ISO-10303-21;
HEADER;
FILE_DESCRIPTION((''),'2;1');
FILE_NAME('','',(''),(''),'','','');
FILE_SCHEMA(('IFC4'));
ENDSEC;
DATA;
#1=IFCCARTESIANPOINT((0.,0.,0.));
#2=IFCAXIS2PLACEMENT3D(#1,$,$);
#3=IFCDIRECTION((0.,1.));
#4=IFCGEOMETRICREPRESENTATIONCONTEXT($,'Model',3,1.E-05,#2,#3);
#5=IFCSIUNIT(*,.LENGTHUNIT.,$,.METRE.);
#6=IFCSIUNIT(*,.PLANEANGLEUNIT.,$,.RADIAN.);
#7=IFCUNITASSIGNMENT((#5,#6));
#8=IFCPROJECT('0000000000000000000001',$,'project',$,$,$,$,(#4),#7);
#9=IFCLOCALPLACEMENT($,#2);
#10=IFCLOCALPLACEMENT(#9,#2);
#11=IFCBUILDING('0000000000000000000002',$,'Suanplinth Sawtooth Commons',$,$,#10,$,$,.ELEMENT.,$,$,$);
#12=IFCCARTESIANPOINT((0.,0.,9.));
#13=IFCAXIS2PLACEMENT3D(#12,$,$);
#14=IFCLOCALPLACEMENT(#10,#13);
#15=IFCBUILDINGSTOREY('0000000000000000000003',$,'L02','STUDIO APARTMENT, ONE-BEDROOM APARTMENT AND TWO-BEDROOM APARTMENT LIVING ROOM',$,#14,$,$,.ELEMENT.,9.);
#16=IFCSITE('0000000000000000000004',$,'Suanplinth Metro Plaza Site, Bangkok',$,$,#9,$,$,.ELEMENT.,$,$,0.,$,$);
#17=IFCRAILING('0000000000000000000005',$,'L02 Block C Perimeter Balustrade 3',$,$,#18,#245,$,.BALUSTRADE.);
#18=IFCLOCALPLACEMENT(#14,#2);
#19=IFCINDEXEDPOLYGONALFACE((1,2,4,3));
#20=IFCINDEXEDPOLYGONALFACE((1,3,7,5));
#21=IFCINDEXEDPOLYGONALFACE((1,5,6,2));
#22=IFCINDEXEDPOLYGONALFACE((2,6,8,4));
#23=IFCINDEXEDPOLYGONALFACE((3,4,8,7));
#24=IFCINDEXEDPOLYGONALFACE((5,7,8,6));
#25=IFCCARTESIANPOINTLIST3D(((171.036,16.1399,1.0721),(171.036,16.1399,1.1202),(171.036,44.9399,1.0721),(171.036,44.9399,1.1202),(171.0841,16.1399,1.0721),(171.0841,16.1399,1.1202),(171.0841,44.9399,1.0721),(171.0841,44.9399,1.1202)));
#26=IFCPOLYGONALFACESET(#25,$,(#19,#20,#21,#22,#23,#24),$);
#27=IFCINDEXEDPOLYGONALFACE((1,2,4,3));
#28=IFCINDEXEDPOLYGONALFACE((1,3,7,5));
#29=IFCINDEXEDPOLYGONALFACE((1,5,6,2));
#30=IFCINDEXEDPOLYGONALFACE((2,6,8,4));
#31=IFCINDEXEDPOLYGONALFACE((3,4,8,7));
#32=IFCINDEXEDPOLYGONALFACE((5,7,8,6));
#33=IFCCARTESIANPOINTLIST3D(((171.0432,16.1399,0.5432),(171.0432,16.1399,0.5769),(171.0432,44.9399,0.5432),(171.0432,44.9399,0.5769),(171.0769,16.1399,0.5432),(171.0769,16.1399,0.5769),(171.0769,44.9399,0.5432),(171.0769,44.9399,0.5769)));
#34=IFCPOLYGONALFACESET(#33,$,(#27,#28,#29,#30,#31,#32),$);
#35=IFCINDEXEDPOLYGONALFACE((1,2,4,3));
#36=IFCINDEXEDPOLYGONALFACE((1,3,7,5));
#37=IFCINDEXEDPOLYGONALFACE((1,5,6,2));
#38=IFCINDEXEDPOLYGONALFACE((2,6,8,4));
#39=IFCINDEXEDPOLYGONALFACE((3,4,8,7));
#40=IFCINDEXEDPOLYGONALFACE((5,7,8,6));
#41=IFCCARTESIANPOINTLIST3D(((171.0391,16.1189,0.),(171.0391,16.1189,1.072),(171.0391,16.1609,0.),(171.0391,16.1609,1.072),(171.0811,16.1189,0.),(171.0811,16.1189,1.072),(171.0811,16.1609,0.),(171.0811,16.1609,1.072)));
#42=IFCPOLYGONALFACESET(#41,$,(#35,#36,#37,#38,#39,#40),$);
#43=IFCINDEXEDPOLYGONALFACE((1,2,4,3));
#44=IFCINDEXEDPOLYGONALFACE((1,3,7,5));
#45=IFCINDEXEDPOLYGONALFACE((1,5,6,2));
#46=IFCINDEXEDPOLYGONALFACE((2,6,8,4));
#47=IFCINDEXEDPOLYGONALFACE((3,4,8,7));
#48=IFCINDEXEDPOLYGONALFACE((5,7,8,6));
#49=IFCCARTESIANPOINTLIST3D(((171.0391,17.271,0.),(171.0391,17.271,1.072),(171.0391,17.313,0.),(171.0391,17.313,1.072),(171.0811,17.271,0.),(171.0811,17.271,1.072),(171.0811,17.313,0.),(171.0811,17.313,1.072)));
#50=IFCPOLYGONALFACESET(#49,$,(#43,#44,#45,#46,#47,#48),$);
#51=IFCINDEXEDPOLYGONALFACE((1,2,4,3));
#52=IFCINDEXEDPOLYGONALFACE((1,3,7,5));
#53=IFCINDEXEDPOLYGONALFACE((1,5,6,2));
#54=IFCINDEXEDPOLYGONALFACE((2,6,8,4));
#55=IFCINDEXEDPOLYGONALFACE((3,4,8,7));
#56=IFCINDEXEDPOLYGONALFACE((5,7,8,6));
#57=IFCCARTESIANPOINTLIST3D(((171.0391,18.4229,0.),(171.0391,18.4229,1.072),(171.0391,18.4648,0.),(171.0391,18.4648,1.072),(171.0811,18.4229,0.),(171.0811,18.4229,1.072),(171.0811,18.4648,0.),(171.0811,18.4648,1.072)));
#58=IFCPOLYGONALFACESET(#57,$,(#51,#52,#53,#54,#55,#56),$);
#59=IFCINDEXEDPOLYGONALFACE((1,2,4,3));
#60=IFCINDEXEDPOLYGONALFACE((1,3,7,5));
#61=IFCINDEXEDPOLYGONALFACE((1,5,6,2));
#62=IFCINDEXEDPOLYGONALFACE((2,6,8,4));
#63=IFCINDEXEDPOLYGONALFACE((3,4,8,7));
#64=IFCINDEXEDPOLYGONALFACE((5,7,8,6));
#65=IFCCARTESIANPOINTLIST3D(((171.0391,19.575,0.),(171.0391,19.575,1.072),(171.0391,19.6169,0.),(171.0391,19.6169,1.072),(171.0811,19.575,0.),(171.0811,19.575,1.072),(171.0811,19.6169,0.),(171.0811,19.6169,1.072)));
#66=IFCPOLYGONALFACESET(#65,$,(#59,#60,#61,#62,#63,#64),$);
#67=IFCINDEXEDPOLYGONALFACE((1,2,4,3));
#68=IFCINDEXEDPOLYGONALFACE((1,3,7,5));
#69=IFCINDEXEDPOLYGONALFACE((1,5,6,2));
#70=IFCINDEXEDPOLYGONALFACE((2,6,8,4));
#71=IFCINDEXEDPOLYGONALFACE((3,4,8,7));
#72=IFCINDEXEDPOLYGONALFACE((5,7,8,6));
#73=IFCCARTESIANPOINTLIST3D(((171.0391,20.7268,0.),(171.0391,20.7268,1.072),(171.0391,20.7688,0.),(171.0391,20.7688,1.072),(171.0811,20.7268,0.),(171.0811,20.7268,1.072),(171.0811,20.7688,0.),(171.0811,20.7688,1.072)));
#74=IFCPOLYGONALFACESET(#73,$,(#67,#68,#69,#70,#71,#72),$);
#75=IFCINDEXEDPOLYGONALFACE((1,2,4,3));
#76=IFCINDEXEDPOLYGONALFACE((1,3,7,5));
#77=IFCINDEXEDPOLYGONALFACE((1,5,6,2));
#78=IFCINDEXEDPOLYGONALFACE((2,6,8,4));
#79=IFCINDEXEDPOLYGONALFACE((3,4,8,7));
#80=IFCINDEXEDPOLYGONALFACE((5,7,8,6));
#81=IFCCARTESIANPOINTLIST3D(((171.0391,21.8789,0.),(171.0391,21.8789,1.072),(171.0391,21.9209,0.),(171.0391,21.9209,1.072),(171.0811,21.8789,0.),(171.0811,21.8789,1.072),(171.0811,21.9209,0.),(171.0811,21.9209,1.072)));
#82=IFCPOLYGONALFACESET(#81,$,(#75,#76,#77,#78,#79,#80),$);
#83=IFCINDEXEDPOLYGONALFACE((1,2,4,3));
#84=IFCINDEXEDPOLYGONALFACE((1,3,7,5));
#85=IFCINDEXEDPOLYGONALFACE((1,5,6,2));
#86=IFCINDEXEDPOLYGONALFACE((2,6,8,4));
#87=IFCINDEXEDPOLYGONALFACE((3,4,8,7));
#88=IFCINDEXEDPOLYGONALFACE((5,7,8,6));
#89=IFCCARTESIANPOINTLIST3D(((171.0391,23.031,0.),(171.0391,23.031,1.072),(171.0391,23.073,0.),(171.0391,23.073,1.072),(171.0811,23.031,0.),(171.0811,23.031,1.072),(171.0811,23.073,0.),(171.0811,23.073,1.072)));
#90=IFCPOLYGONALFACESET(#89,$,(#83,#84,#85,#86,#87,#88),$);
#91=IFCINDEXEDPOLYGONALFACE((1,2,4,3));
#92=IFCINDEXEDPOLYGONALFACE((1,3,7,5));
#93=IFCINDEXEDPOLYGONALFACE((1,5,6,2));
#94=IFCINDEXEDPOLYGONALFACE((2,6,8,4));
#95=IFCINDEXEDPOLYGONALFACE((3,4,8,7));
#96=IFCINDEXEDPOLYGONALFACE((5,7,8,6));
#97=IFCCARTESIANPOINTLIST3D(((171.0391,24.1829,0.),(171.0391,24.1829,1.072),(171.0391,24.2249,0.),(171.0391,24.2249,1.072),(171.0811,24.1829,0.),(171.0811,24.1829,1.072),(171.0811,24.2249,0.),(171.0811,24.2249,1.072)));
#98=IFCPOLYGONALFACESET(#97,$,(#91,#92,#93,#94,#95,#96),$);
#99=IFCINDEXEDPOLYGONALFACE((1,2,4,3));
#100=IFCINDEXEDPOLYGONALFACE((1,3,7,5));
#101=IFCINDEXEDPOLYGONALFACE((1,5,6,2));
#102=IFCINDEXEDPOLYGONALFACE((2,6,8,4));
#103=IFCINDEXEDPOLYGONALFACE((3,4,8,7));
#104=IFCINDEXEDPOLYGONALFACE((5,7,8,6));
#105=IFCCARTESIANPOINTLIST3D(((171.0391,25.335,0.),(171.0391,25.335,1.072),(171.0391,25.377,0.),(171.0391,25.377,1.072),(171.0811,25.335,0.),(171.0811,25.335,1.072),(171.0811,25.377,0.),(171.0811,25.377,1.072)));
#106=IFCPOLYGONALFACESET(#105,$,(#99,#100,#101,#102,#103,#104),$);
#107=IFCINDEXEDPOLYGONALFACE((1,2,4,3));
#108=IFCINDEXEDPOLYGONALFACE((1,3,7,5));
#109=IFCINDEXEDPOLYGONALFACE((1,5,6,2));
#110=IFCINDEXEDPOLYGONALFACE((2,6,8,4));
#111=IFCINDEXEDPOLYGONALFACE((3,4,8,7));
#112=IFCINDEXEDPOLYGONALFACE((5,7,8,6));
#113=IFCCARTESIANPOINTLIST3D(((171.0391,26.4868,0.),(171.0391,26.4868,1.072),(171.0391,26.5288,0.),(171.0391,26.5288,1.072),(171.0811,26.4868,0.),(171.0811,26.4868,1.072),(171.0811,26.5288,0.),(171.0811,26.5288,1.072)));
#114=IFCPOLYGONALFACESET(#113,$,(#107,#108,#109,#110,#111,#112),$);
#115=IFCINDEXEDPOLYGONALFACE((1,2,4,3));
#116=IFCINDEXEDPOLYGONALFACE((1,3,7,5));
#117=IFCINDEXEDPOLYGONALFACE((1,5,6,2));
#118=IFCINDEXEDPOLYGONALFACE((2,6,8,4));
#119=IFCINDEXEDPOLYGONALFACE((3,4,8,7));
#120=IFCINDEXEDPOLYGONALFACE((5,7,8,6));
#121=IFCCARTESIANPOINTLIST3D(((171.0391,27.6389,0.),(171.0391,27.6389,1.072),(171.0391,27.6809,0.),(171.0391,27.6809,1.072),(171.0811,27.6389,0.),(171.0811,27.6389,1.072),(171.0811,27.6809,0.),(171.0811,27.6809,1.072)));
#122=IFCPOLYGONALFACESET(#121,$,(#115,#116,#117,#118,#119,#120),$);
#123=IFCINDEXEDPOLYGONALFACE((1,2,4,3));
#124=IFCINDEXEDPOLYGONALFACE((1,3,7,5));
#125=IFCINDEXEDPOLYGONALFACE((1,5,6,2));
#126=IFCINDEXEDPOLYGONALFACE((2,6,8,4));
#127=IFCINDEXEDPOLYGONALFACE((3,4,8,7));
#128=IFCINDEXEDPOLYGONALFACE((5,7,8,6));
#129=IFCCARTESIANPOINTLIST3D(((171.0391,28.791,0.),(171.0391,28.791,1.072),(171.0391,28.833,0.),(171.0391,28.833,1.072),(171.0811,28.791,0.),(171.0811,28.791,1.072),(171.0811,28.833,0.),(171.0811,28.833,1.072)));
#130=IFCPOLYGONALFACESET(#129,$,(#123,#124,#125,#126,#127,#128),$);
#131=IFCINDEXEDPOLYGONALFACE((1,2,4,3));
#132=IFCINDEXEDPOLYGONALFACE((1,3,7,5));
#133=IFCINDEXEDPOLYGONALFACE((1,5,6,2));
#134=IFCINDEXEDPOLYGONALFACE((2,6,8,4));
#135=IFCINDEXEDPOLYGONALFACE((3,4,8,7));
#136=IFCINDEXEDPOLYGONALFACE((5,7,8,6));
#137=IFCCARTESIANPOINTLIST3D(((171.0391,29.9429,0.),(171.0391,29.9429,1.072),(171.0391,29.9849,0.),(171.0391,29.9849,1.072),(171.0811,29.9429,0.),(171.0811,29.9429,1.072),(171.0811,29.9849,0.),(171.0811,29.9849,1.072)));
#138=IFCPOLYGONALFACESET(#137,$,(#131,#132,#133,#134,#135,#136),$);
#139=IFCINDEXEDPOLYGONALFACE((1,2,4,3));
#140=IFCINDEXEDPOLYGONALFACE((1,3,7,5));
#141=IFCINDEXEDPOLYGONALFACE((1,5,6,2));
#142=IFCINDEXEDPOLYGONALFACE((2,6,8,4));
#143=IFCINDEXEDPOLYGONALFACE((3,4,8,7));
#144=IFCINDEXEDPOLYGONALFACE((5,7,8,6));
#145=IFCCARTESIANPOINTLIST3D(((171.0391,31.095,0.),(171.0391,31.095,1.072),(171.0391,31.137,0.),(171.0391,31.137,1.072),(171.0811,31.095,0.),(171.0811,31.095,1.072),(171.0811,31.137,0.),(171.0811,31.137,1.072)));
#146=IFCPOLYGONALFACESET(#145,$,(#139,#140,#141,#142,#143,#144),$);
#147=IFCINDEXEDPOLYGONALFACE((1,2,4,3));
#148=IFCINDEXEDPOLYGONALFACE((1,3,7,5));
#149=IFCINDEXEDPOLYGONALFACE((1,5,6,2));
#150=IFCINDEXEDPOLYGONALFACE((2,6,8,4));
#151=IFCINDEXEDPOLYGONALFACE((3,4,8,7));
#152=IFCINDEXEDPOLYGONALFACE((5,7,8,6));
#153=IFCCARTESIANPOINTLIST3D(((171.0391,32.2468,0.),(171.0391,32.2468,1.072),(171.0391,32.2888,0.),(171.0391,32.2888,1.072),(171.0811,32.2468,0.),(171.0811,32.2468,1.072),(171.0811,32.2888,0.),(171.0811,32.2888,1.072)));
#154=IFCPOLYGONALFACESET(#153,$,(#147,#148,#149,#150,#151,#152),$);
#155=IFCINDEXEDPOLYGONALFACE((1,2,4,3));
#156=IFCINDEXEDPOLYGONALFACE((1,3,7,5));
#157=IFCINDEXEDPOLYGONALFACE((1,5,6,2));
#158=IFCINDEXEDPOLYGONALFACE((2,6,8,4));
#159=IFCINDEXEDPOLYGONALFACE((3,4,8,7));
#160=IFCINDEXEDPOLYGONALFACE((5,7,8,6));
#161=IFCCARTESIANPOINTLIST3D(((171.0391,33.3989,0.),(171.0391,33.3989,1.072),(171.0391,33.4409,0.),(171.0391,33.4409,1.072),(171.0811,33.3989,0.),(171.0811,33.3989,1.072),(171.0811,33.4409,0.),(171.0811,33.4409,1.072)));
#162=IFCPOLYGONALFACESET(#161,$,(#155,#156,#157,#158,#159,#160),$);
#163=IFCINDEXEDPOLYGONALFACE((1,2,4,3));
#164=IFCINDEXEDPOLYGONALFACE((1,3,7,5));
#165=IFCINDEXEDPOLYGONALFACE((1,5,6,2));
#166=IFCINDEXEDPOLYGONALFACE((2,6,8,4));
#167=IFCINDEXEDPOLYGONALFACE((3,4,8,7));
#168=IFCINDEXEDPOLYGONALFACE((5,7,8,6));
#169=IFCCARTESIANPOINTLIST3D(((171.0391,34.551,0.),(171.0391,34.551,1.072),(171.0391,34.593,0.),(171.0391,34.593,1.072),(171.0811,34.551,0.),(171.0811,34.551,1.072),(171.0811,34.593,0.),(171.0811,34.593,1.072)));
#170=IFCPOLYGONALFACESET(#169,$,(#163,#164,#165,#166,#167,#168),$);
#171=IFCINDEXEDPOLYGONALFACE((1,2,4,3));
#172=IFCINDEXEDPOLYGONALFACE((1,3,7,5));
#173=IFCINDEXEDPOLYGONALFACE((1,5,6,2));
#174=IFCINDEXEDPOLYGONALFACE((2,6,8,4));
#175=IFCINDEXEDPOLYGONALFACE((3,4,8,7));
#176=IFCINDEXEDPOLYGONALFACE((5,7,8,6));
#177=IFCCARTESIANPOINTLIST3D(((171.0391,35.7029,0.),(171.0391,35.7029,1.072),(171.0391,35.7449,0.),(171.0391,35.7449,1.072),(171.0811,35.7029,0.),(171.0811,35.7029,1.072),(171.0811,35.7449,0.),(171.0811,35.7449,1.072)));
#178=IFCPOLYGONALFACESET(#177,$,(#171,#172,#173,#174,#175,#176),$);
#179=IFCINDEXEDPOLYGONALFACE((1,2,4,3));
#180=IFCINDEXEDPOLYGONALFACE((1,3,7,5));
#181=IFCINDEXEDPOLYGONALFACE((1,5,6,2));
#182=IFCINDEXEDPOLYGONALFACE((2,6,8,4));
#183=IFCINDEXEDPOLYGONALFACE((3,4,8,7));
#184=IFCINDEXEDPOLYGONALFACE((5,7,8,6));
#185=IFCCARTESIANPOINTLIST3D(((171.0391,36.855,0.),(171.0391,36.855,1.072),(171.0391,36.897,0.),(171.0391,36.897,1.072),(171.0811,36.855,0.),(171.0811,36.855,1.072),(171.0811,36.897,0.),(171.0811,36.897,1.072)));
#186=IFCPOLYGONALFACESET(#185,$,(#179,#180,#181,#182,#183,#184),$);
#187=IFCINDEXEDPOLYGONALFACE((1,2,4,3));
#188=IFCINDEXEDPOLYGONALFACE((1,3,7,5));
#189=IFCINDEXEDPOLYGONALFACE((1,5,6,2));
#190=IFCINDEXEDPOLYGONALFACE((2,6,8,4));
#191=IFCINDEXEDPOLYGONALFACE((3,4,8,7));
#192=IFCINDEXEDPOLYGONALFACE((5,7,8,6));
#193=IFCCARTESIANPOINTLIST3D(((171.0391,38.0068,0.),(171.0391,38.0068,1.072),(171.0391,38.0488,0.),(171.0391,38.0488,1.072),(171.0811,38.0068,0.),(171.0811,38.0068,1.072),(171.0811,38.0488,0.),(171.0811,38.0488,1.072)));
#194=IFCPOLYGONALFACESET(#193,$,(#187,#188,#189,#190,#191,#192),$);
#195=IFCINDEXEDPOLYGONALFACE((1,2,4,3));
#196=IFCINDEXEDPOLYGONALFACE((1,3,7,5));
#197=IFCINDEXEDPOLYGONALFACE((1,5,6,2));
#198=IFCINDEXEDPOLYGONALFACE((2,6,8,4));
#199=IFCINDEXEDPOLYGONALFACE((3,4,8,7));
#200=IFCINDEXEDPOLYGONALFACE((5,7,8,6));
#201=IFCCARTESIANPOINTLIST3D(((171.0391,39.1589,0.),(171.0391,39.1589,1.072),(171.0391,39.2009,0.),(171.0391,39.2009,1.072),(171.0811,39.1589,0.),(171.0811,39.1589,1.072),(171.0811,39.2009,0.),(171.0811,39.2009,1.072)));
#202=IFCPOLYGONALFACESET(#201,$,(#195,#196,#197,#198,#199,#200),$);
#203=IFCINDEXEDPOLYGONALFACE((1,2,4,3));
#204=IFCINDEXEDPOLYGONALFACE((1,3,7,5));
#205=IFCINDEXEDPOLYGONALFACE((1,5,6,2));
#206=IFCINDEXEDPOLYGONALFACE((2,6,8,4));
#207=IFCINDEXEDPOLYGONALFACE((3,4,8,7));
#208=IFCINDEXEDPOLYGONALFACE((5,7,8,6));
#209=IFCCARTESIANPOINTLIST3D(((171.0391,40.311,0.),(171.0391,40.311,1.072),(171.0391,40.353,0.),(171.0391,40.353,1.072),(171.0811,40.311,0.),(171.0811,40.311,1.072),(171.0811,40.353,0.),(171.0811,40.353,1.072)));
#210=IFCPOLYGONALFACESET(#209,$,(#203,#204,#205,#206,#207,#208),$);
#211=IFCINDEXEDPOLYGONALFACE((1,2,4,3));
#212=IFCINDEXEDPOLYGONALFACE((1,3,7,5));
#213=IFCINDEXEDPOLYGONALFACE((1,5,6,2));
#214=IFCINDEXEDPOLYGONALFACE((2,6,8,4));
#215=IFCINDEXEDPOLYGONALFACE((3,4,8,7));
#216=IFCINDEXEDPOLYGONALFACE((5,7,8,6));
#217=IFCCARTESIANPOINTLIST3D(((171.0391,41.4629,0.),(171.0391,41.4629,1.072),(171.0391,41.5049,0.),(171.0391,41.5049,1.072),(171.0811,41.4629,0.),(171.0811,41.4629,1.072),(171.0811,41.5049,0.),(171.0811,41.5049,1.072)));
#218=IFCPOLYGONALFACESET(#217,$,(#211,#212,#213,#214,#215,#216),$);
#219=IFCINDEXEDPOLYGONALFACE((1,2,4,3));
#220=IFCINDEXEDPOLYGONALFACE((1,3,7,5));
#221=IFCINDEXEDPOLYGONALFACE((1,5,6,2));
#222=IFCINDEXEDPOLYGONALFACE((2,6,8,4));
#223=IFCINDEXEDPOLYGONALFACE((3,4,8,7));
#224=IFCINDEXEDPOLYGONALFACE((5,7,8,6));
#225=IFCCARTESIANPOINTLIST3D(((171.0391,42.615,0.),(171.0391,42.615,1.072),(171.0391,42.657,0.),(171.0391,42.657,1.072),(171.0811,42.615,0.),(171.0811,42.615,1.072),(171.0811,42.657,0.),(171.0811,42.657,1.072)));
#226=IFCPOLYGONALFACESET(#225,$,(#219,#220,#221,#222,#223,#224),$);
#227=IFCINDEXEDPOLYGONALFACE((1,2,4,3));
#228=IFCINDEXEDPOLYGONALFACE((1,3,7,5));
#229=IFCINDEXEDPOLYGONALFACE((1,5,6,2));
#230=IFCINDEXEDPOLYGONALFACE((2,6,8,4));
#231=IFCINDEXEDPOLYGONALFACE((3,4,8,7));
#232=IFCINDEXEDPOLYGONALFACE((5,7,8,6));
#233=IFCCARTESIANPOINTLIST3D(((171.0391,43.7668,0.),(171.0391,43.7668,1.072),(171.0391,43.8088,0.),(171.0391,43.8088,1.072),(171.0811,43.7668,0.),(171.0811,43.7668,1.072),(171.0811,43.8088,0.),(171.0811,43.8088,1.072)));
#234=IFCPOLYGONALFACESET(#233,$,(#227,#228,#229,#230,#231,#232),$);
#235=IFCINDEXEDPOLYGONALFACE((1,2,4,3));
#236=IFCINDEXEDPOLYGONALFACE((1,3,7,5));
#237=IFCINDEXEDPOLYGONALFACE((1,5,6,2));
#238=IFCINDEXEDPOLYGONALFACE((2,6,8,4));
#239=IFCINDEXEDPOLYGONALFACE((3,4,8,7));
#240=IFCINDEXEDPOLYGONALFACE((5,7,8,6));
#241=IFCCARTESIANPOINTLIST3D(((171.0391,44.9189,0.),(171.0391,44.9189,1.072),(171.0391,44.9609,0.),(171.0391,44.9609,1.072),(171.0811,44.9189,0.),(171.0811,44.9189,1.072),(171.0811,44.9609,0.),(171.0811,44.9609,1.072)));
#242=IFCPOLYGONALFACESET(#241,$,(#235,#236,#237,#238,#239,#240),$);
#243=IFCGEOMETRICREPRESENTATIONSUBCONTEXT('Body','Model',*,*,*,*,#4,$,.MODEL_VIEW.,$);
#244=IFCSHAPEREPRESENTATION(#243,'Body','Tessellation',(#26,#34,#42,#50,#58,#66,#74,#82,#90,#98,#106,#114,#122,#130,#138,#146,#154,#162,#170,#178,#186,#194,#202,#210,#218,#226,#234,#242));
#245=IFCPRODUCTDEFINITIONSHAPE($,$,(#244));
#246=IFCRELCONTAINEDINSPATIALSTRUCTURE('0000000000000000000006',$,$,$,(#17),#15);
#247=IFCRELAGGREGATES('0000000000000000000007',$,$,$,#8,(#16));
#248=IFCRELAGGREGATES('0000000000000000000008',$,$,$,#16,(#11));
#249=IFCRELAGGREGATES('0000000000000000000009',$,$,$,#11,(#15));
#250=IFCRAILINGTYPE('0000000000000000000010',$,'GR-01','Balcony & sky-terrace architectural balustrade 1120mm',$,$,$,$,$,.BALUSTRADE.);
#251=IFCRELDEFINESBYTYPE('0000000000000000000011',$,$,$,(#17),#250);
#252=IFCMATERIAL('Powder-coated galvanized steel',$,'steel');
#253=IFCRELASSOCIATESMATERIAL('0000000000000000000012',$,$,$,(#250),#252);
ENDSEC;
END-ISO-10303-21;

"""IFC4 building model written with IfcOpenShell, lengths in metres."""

from ifc_helpers import new_model, si_unit, direction, frame, origin, origin_2d, place, context, subcontext, project, spatial, rectangle, extrude, material, type_object, element, save


model = new_model("IFC4")

# Units and contexts
model_context = context("Model", 3, precision=1e-05, world=origin(), true_north=direction((0.0, 1.0)))
body_context = subcontext(model_context, "Body", "Model", "MODEL_VIEW")
ifc_project = project(units=[si_unit("LENGTHUNIT", "METRE"), si_unit("PLANEANGLEUNIT", "RADIAN")], contexts=[model_context])

# Site, building, storey
site_placement = place(None, origin())
site = spatial("IfcSite", under=ifc_project, at=site_placement, Name="Suanplinth Metro Plaza Site, Bangkok", CompositionType="ELEMENT", RefElevation=0.0)
building_placement = place(site_placement, origin())
building = spatial("IfcBuilding", under=site, at=building_placement, Name="Suanplinth Sawtooth Commons", CompositionType="ELEMENT")
storey_placement = place(building_placement, frame((0.0, 0.0, 9.0)))
storey = spatial("IfcBuildingStorey", under=building, at=storey_placement, Name="L02", Description="STUDIO APARTMENT, ONE-BEDROOM APARTMENT AND TWO-BEDROOM APARTMENT LIVING ROOM", CompositionType="ELEMENT", Elevation=9.0)

# Railing
ifc_material_1 = material(Name="Powder-coated galvanized steel", Category="steel")
railing_type_1 = type_object("IfcRailingType", Name="GR-01", Description="Balcony & sky-terrace architectural balustrade 1120mm", PredefinedType="BALUSTRADE", material=ifc_material_1)
railing_1_placement = place(storey_placement, frame((171.0601, 16.1399, 0.0)))
element("IfcRailing", 1, at=railing_1_placement, inside=storey, type_object=railing_type_1, Name="L02 Block C Perimeter Balustrade 3", PredefinedType="BALUSTRADE", context=body_context, shape_type="SweptSolid", body=[
    extrude(rectangle(XDim=0.0481, YDim=0.0481, at=origin_2d()), frame((0.0, 0.0, 1.0962), z_axis=(0.0, 1.0, 0.0), x_axis=(-1.0, 0.0, 0.0)), (0.0, 0.0, 1.0), 28.8),
    extrude(rectangle(XDim=0.0337, YDim=0.0337, at=origin_2d()), frame((0.0, 0.0, 0.5601), z_axis=(0.0, 1.0, 0.0), x_axis=(-1.0, 0.0, 0.0)), (0.0, 0.0, 1.0), 28.8),
    extrude(rectangle(XDim=0.042, YDim=0.042, at=origin_2d()), origin(), (0.0, 0.0, 1.0), 1.072),
    extrude(rectangle(XDim=0.042, YDim=0.042, at=origin_2d()), frame((0.0, 1.1521, 0.0)), (0.0, 0.0, 1.0), 1.072),
    extrude(rectangle(XDim=0.042, YDim=0.042, at=origin_2d()), frame((0.0, 2.304, 0.0)), (0.0, 0.0, 1.0), 1.072),
    extrude(rectangle(XDim=0.042, YDim=0.042, at=origin_2d()), frame((0.0, 3.4561, 0.0)), (0.0, 0.0, 1.0), 1.072),
    extrude(rectangle(XDim=0.042, YDim=0.042, at=origin_2d()), frame((0.0, 4.6079, 0.0)), (0.0, 0.0, 1.0), 1.072),
    extrude(rectangle(XDim=0.042, YDim=0.042, at=origin_2d()), frame((0.0, 5.76, 0.0)), (0.0, 0.0, 1.0), 1.072),
    extrude(rectangle(XDim=0.042, YDim=0.042, at=origin_2d()), frame((0.0, 6.9121, 0.0)), (0.0, 0.0, 1.0), 1.072),
    extrude(rectangle(XDim=0.042, YDim=0.042, at=origin_2d()), frame((0.0, 8.064, 0.0)), (0.0, 0.0, 1.0), 1.072),
    extrude(rectangle(XDim=0.042, YDim=0.042, at=origin_2d()), frame((0.0, 9.2161, 0.0)), (0.0, 0.0, 1.0), 1.072),
    extrude(rectangle(XDim=0.042, YDim=0.042, at=origin_2d()), frame((0.0, 10.3679, 0.0)), (0.0, 0.0, 1.0), 1.072),
    extrude(rectangle(XDim=0.042, YDim=0.042, at=origin_2d()), frame((0.0, 11.52, 0.0)), (0.0, 0.0, 1.0), 1.072),
    extrude(rectangle(XDim=0.042, YDim=0.042, at=origin_2d()), frame((0.0, 12.6721, 0.0)), (0.0, 0.0, 1.0), 1.072),
    extrude(rectangle(XDim=0.042, YDim=0.042, at=origin_2d()), frame((0.0, 13.824, 0.0)), (0.0, 0.0, 1.0), 1.072),
    extrude(rectangle(XDim=0.042, YDim=0.042, at=origin_2d()), frame((0.0, 14.9761, 0.0)), (0.0, 0.0, 1.0), 1.072),
    extrude(rectangle(XDim=0.042, YDim=0.042, at=origin_2d()), frame((0.0, 16.1279, 0.0)), (0.0, 0.0, 1.0), 1.072),
    extrude(rectangle(XDim=0.042, YDim=0.042, at=origin_2d()), frame((0.0, 17.28, 0.0)), (0.0, 0.0, 1.0), 1.072),
    extrude(rectangle(XDim=0.042, YDim=0.042, at=origin_2d()), frame((0.0, 18.4321, 0.0)), (0.0, 0.0, 1.0), 1.072),
    extrude(rectangle(XDim=0.042, YDim=0.042, at=origin_2d()), frame((0.0, 19.584, 0.0)), (0.0, 0.0, 1.0), 1.072),
    extrude(rectangle(XDim=0.042, YDim=0.042, at=origin_2d()), frame((0.0, 20.7361, 0.0)), (0.0, 0.0, 1.0), 1.072),
    extrude(rectangle(XDim=0.042, YDim=0.042, at=origin_2d()), frame((0.0, 21.8879, 0.0)), (0.0, 0.0, 1.0), 1.072),
    extrude(rectangle(XDim=0.042, YDim=0.042, at=origin_2d()), frame((0.0, 23.04, 0.0)), (0.0, 0.0, 1.0), 1.072),
    extrude(rectangle(XDim=0.042, YDim=0.042, at=origin_2d()), frame((0.0, 24.1921, 0.0)), (0.0, 0.0, 1.0), 1.072),
    extrude(rectangle(XDim=0.042, YDim=0.042, at=origin_2d()), frame((0.0, 25.344, 0.0)), (0.0, 0.0, 1.0), 1.072),
    extrude(rectangle(XDim=0.042, YDim=0.042, at=origin_2d()), frame((0.0, 26.4961, 0.0)), (0.0, 0.0, 1.0), 1.072),
    extrude(rectangle(XDim=0.042, YDim=0.042, at=origin_2d()), frame((0.0, 27.6479, 0.0)), (0.0, 0.0, 1.0), 1.072),
    extrude(rectangle(XDim=0.042, YDim=0.042, at=origin_2d()), frame((0.0, 28.8, 0.0)), (0.0, 0.0, 1.0), 1.072),
])

save(model, "model.ifc")
